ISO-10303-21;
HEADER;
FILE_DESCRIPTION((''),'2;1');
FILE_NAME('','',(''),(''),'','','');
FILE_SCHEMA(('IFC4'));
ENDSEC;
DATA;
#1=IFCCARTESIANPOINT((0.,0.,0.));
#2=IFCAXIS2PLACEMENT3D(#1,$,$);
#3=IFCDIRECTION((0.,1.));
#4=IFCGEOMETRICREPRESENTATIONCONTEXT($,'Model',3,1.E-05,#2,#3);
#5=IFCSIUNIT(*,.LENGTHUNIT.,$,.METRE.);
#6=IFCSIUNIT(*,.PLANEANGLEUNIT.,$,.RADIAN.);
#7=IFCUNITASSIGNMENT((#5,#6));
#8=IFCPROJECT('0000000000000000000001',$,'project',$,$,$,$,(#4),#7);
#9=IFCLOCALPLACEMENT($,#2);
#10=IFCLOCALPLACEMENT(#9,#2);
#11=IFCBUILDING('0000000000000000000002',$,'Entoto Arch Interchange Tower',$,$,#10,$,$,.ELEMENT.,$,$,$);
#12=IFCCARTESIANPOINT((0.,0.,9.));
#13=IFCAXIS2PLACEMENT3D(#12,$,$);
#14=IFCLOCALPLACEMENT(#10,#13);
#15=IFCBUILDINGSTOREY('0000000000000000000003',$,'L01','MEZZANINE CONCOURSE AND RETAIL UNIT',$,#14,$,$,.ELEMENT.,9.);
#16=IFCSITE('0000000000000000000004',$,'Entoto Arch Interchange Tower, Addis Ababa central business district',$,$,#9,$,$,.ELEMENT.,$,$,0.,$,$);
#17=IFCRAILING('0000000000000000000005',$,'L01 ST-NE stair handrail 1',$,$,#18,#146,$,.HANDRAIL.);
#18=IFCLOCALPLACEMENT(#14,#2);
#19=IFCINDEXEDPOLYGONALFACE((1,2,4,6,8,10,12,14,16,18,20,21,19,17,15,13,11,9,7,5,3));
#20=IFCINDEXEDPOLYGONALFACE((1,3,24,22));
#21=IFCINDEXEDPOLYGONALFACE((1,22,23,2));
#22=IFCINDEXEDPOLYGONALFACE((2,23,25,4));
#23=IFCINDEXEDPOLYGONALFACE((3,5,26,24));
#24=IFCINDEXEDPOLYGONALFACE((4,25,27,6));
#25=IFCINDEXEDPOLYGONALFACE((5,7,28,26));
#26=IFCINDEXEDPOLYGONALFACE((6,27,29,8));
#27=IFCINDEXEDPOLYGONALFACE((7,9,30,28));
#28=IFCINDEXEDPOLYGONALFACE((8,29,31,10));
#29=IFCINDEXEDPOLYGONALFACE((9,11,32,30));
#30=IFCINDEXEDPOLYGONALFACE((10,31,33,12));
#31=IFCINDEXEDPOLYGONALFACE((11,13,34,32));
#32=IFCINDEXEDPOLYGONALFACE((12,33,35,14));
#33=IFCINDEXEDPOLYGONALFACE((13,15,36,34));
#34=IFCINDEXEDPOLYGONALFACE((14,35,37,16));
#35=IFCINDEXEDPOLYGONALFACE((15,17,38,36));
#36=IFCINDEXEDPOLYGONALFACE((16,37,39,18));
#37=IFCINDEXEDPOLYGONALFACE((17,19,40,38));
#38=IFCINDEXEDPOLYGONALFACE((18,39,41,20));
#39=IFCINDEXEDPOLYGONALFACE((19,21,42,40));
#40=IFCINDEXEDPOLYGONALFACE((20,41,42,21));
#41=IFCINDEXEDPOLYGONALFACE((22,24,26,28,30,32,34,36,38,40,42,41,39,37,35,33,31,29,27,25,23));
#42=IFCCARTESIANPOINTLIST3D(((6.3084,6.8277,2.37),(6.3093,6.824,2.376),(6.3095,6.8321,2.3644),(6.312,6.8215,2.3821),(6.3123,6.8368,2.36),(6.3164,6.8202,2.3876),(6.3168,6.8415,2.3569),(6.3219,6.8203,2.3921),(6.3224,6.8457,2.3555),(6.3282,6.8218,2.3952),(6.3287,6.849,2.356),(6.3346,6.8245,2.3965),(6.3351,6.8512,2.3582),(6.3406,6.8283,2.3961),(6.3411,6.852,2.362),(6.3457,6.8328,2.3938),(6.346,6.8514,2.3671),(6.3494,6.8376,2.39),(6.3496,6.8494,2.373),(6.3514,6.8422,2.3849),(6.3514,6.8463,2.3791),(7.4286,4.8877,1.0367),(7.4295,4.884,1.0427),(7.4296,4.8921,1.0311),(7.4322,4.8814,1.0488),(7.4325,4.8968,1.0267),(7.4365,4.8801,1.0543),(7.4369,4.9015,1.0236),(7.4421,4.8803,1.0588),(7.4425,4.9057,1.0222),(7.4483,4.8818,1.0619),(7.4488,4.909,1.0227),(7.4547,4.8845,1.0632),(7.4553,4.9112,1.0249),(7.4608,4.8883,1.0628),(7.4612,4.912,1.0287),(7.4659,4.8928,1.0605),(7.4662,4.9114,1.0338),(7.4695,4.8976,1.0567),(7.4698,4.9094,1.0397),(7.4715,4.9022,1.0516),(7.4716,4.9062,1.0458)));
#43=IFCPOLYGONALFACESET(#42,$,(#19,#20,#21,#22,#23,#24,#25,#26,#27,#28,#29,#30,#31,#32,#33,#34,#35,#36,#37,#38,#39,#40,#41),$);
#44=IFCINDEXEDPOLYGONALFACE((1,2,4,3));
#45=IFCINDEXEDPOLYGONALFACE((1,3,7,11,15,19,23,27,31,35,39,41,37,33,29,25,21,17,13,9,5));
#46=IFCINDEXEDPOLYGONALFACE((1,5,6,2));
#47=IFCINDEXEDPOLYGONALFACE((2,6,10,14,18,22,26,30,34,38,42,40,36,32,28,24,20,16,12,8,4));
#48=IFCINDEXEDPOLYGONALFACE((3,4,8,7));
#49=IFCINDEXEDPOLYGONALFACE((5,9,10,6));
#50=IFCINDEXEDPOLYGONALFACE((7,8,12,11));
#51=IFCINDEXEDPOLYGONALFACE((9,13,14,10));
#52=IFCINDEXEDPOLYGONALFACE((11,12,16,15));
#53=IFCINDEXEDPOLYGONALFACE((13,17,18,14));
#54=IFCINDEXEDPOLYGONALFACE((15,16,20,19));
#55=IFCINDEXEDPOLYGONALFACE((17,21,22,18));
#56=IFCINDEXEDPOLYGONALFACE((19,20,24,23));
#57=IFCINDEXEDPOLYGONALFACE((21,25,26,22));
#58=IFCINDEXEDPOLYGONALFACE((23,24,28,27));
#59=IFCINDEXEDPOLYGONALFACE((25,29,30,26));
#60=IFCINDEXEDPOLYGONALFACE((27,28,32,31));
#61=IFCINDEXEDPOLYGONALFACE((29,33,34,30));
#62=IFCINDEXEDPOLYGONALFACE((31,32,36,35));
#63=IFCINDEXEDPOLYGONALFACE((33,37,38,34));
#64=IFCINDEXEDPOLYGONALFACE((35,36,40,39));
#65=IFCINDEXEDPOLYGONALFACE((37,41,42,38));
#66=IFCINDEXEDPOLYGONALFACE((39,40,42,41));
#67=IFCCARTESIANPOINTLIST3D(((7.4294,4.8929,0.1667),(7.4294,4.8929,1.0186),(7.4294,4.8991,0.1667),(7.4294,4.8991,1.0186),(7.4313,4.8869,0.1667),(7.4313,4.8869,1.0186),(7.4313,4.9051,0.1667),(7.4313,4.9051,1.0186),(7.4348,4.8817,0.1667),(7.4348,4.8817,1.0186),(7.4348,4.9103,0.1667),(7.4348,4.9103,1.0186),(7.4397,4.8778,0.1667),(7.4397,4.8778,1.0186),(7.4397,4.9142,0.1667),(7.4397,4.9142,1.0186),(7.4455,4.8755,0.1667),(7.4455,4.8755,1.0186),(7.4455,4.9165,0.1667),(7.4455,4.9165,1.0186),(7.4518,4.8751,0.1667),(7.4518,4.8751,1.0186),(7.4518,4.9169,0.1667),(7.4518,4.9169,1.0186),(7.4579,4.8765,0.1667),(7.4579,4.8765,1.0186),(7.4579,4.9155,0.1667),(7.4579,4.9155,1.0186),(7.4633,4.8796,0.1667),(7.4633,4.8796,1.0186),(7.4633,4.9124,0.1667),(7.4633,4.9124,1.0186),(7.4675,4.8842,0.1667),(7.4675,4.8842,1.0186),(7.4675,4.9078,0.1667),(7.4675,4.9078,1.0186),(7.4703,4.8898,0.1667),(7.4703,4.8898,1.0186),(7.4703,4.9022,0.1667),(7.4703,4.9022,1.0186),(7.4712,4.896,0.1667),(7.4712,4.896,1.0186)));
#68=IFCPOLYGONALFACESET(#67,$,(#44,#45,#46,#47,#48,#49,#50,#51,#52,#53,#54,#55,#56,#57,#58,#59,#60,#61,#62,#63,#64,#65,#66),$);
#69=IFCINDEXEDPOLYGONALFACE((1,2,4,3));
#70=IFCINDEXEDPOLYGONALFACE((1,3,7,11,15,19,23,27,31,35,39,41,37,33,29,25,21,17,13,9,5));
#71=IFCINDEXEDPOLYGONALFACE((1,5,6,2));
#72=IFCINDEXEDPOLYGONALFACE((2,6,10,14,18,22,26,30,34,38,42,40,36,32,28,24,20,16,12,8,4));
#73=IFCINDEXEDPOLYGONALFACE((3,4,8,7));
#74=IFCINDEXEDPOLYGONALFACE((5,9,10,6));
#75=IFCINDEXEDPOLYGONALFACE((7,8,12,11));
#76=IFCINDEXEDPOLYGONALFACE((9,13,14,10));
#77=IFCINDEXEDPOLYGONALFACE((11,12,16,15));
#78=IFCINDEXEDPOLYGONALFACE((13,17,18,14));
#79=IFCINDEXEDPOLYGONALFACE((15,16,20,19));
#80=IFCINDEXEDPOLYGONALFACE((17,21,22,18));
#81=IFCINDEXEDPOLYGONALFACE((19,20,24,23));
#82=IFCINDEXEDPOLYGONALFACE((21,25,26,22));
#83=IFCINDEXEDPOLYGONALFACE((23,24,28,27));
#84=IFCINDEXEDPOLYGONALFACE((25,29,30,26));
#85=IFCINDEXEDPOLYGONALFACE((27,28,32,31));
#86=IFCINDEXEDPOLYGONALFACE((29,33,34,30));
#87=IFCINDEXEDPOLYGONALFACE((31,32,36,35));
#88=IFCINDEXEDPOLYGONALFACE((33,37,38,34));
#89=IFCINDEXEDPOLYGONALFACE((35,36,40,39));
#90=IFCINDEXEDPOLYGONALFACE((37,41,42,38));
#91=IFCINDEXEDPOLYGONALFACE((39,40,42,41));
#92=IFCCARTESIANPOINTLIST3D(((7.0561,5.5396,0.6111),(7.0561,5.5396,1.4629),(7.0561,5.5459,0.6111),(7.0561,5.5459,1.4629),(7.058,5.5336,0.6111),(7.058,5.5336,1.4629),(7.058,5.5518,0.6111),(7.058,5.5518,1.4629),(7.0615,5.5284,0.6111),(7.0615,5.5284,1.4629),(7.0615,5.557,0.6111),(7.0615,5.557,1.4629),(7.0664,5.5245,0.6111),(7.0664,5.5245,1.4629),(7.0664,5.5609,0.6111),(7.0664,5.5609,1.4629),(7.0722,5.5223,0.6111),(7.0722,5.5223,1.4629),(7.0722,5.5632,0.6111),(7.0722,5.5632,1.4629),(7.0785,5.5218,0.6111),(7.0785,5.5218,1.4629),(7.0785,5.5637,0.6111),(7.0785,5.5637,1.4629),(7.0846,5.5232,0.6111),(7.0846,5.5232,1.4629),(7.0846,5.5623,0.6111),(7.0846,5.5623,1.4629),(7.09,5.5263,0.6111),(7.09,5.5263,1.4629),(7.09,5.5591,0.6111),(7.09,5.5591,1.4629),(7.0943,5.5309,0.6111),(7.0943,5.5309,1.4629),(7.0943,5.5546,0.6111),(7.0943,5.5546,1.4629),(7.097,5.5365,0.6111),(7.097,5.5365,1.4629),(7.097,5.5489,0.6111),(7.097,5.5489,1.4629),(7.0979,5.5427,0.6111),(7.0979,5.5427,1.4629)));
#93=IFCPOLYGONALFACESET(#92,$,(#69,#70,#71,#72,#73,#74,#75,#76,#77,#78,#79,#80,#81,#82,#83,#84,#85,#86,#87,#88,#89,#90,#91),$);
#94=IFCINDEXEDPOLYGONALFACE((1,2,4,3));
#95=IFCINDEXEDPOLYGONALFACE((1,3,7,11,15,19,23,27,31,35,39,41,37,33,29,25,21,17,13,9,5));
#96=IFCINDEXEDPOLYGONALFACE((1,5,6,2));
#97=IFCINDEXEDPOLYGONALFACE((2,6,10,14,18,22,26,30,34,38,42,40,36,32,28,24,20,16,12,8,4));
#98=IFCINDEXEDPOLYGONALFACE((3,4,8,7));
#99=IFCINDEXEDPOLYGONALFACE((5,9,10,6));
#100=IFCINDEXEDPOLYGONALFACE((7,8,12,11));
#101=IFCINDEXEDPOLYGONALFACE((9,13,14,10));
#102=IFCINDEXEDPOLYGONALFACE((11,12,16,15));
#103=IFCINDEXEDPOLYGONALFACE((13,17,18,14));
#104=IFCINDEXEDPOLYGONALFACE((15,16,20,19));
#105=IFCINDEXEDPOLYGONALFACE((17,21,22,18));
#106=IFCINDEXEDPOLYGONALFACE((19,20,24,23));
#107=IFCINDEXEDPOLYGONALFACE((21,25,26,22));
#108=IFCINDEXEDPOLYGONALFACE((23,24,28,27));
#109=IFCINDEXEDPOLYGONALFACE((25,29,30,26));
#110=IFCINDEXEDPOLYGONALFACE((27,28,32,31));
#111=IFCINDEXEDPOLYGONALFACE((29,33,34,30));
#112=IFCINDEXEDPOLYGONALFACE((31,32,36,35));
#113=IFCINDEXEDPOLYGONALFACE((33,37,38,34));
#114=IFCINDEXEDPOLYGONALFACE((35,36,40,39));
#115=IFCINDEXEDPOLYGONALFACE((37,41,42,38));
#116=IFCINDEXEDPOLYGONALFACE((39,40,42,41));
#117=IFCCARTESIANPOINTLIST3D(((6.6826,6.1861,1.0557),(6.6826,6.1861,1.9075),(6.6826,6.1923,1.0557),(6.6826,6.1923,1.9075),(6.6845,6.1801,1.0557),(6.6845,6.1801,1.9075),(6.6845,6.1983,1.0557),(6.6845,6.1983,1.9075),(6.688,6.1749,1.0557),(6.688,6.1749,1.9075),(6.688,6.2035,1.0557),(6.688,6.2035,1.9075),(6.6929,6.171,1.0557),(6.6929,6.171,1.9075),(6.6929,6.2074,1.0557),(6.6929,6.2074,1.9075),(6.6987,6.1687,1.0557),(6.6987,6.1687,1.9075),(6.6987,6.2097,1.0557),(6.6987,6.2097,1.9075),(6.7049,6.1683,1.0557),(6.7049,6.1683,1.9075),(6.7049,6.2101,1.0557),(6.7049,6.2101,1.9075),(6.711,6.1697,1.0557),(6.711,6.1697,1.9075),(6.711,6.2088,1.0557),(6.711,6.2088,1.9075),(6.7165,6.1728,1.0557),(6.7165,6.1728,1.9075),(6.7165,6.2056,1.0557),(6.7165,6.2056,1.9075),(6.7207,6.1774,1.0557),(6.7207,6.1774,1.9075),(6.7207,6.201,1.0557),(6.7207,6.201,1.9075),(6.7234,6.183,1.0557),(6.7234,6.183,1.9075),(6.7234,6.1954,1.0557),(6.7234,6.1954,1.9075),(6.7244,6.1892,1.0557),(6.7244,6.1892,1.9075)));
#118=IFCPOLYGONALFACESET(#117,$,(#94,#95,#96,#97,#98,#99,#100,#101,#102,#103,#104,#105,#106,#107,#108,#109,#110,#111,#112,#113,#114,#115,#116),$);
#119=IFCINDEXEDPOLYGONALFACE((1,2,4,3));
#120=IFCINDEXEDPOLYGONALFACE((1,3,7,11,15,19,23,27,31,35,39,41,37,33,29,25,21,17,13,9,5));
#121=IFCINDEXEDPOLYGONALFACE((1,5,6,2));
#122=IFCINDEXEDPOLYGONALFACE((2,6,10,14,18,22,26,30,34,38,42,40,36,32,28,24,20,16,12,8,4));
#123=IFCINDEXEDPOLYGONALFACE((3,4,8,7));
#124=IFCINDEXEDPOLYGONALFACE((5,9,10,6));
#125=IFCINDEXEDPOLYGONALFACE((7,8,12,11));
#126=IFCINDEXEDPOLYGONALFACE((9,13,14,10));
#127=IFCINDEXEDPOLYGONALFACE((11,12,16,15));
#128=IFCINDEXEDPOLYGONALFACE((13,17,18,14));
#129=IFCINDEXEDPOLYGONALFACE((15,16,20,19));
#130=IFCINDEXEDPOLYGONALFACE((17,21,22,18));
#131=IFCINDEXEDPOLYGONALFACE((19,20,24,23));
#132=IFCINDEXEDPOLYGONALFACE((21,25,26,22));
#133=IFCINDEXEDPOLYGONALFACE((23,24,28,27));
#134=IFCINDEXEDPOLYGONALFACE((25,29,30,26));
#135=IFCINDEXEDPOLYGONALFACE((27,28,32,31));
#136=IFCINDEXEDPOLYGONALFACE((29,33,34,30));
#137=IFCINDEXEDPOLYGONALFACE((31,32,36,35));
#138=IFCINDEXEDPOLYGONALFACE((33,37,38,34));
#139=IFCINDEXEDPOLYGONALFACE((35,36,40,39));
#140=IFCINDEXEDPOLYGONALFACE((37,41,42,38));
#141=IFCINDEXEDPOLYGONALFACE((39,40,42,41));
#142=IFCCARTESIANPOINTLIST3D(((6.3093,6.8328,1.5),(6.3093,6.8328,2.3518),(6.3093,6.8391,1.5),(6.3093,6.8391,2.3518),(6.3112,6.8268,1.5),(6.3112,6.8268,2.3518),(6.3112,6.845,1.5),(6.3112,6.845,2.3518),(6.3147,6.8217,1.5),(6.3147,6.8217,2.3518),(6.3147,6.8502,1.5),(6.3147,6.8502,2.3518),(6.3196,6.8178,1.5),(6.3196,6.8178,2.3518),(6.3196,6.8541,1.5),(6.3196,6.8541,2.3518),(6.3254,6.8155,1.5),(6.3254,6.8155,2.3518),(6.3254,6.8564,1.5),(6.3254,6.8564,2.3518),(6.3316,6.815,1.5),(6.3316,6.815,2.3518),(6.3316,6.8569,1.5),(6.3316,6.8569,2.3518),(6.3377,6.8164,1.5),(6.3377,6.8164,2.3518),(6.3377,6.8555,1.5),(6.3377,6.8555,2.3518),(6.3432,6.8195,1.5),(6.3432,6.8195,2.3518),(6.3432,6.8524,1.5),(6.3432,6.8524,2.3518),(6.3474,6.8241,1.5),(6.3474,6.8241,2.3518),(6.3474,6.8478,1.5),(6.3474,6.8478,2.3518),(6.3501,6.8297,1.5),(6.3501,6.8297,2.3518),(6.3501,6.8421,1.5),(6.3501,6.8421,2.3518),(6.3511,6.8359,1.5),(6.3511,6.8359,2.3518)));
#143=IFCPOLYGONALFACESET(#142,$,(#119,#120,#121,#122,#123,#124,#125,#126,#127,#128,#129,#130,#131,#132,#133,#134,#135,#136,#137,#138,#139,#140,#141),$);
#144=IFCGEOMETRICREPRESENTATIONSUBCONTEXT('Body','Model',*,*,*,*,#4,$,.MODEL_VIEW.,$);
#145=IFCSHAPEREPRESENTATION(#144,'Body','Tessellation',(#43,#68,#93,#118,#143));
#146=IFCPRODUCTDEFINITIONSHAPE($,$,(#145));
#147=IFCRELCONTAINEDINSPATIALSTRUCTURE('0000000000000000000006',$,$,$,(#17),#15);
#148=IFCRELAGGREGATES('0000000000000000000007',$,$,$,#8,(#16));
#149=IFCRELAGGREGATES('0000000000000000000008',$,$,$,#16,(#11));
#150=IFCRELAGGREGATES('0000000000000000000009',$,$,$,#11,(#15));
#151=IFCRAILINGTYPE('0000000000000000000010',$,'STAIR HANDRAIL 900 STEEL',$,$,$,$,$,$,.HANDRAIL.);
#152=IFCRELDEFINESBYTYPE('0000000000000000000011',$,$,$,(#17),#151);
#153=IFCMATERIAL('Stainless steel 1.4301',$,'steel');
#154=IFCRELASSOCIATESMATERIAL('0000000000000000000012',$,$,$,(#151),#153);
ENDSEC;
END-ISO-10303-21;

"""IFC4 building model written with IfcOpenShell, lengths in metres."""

from ifc_helpers import new_model, si_unit, direction, frame, origin, origin_2d, place, context, subcontext, project, spatial, circle, extrude, material, type_object, element, save


model = new_model("IFC4")

# Units and contexts
model_context = context("Model", 3, precision=1e-05, world=origin(), true_north=direction((0.0, 1.0)))
body_context = subcontext(model_context, "Body", "Model", "MODEL_VIEW")
ifc_project = project(units=[si_unit("LENGTHUNIT", "METRE"), si_unit("PLANEANGLEUNIT", "RADIAN")], contexts=[model_context])

# Site, building, storey
site_placement = place(None, origin())
site = spatial("IfcSite", under=ifc_project, at=site_placement, Name="Entoto Arch Interchange Tower, Addis Ababa central business district", CompositionType="ELEMENT", RefElevation=0.0)
building_placement = place(site_placement, origin())
building = spatial("IfcBuilding", under=site, at=building_placement, Name="Entoto Arch Interchange Tower", CompositionType="ELEMENT")
storey_placement = place(building_placement, frame((0.0, 0.0, 9.0)))
storey = spatial("IfcBuildingStorey", under=building, at=storey_placement, Name="L01", Description="MEZZANINE CONCOURSE AND RETAIL UNIT", CompositionType="ELEMENT", Elevation=9.0)

# Railing
ifc_material_1 = material(Name="Stainless steel 1.4301", Category="steel")
railing_type_1 = type_object("IfcRailingType", Name="STAIR HANDRAIL 900 STEEL", PredefinedType="HANDRAIL", material=ifc_material_1)
for number, where, name in (
    (1, (7.4502, 4.896, 0.1667), "L01 ST-NE stair handrail 1"),
):
    element("IfcRailing", number, at=place(storey_placement, frame(where)), inside=storey, type_object=railing_type_1, Name=name, PredefinedType="HANDRAIL", context=body_context, shape_type="SweptSolid", body=[
        extrude(circle(Radius=0.0239, at=origin_2d()), frame((0.0, 0.0, 0.876), z_axis=(-0.429684, 0.744175, 0.511444), x_axis=(-0.866008, -0.500031, 0.0)), (0.0, 0.0, 1.0), 2.6069),
        extrude(circle(Radius=0.021, at=origin_2d()), origin(), (0.0, 0.0, 1.0), 0.8518),
        extrude(circle(Radius=0.021, at=origin_2d()), frame((-0.3733, 0.6467, 0.4443)), (0.0, 0.0, 1.0), 0.8518),
        extrude(circle(Radius=0.021, at=origin_2d()), frame((-0.7468, 1.2932, 0.8889)), (0.0, 0.0, 1.0), 0.8518),
        extrude(circle(Radius=0.021, at=origin_2d()), frame((-1.1201, 1.9399, 1.3333)), (0.0, 0.0, 1.0), 0.8518),
    ])

save(model, "model.ifc")
